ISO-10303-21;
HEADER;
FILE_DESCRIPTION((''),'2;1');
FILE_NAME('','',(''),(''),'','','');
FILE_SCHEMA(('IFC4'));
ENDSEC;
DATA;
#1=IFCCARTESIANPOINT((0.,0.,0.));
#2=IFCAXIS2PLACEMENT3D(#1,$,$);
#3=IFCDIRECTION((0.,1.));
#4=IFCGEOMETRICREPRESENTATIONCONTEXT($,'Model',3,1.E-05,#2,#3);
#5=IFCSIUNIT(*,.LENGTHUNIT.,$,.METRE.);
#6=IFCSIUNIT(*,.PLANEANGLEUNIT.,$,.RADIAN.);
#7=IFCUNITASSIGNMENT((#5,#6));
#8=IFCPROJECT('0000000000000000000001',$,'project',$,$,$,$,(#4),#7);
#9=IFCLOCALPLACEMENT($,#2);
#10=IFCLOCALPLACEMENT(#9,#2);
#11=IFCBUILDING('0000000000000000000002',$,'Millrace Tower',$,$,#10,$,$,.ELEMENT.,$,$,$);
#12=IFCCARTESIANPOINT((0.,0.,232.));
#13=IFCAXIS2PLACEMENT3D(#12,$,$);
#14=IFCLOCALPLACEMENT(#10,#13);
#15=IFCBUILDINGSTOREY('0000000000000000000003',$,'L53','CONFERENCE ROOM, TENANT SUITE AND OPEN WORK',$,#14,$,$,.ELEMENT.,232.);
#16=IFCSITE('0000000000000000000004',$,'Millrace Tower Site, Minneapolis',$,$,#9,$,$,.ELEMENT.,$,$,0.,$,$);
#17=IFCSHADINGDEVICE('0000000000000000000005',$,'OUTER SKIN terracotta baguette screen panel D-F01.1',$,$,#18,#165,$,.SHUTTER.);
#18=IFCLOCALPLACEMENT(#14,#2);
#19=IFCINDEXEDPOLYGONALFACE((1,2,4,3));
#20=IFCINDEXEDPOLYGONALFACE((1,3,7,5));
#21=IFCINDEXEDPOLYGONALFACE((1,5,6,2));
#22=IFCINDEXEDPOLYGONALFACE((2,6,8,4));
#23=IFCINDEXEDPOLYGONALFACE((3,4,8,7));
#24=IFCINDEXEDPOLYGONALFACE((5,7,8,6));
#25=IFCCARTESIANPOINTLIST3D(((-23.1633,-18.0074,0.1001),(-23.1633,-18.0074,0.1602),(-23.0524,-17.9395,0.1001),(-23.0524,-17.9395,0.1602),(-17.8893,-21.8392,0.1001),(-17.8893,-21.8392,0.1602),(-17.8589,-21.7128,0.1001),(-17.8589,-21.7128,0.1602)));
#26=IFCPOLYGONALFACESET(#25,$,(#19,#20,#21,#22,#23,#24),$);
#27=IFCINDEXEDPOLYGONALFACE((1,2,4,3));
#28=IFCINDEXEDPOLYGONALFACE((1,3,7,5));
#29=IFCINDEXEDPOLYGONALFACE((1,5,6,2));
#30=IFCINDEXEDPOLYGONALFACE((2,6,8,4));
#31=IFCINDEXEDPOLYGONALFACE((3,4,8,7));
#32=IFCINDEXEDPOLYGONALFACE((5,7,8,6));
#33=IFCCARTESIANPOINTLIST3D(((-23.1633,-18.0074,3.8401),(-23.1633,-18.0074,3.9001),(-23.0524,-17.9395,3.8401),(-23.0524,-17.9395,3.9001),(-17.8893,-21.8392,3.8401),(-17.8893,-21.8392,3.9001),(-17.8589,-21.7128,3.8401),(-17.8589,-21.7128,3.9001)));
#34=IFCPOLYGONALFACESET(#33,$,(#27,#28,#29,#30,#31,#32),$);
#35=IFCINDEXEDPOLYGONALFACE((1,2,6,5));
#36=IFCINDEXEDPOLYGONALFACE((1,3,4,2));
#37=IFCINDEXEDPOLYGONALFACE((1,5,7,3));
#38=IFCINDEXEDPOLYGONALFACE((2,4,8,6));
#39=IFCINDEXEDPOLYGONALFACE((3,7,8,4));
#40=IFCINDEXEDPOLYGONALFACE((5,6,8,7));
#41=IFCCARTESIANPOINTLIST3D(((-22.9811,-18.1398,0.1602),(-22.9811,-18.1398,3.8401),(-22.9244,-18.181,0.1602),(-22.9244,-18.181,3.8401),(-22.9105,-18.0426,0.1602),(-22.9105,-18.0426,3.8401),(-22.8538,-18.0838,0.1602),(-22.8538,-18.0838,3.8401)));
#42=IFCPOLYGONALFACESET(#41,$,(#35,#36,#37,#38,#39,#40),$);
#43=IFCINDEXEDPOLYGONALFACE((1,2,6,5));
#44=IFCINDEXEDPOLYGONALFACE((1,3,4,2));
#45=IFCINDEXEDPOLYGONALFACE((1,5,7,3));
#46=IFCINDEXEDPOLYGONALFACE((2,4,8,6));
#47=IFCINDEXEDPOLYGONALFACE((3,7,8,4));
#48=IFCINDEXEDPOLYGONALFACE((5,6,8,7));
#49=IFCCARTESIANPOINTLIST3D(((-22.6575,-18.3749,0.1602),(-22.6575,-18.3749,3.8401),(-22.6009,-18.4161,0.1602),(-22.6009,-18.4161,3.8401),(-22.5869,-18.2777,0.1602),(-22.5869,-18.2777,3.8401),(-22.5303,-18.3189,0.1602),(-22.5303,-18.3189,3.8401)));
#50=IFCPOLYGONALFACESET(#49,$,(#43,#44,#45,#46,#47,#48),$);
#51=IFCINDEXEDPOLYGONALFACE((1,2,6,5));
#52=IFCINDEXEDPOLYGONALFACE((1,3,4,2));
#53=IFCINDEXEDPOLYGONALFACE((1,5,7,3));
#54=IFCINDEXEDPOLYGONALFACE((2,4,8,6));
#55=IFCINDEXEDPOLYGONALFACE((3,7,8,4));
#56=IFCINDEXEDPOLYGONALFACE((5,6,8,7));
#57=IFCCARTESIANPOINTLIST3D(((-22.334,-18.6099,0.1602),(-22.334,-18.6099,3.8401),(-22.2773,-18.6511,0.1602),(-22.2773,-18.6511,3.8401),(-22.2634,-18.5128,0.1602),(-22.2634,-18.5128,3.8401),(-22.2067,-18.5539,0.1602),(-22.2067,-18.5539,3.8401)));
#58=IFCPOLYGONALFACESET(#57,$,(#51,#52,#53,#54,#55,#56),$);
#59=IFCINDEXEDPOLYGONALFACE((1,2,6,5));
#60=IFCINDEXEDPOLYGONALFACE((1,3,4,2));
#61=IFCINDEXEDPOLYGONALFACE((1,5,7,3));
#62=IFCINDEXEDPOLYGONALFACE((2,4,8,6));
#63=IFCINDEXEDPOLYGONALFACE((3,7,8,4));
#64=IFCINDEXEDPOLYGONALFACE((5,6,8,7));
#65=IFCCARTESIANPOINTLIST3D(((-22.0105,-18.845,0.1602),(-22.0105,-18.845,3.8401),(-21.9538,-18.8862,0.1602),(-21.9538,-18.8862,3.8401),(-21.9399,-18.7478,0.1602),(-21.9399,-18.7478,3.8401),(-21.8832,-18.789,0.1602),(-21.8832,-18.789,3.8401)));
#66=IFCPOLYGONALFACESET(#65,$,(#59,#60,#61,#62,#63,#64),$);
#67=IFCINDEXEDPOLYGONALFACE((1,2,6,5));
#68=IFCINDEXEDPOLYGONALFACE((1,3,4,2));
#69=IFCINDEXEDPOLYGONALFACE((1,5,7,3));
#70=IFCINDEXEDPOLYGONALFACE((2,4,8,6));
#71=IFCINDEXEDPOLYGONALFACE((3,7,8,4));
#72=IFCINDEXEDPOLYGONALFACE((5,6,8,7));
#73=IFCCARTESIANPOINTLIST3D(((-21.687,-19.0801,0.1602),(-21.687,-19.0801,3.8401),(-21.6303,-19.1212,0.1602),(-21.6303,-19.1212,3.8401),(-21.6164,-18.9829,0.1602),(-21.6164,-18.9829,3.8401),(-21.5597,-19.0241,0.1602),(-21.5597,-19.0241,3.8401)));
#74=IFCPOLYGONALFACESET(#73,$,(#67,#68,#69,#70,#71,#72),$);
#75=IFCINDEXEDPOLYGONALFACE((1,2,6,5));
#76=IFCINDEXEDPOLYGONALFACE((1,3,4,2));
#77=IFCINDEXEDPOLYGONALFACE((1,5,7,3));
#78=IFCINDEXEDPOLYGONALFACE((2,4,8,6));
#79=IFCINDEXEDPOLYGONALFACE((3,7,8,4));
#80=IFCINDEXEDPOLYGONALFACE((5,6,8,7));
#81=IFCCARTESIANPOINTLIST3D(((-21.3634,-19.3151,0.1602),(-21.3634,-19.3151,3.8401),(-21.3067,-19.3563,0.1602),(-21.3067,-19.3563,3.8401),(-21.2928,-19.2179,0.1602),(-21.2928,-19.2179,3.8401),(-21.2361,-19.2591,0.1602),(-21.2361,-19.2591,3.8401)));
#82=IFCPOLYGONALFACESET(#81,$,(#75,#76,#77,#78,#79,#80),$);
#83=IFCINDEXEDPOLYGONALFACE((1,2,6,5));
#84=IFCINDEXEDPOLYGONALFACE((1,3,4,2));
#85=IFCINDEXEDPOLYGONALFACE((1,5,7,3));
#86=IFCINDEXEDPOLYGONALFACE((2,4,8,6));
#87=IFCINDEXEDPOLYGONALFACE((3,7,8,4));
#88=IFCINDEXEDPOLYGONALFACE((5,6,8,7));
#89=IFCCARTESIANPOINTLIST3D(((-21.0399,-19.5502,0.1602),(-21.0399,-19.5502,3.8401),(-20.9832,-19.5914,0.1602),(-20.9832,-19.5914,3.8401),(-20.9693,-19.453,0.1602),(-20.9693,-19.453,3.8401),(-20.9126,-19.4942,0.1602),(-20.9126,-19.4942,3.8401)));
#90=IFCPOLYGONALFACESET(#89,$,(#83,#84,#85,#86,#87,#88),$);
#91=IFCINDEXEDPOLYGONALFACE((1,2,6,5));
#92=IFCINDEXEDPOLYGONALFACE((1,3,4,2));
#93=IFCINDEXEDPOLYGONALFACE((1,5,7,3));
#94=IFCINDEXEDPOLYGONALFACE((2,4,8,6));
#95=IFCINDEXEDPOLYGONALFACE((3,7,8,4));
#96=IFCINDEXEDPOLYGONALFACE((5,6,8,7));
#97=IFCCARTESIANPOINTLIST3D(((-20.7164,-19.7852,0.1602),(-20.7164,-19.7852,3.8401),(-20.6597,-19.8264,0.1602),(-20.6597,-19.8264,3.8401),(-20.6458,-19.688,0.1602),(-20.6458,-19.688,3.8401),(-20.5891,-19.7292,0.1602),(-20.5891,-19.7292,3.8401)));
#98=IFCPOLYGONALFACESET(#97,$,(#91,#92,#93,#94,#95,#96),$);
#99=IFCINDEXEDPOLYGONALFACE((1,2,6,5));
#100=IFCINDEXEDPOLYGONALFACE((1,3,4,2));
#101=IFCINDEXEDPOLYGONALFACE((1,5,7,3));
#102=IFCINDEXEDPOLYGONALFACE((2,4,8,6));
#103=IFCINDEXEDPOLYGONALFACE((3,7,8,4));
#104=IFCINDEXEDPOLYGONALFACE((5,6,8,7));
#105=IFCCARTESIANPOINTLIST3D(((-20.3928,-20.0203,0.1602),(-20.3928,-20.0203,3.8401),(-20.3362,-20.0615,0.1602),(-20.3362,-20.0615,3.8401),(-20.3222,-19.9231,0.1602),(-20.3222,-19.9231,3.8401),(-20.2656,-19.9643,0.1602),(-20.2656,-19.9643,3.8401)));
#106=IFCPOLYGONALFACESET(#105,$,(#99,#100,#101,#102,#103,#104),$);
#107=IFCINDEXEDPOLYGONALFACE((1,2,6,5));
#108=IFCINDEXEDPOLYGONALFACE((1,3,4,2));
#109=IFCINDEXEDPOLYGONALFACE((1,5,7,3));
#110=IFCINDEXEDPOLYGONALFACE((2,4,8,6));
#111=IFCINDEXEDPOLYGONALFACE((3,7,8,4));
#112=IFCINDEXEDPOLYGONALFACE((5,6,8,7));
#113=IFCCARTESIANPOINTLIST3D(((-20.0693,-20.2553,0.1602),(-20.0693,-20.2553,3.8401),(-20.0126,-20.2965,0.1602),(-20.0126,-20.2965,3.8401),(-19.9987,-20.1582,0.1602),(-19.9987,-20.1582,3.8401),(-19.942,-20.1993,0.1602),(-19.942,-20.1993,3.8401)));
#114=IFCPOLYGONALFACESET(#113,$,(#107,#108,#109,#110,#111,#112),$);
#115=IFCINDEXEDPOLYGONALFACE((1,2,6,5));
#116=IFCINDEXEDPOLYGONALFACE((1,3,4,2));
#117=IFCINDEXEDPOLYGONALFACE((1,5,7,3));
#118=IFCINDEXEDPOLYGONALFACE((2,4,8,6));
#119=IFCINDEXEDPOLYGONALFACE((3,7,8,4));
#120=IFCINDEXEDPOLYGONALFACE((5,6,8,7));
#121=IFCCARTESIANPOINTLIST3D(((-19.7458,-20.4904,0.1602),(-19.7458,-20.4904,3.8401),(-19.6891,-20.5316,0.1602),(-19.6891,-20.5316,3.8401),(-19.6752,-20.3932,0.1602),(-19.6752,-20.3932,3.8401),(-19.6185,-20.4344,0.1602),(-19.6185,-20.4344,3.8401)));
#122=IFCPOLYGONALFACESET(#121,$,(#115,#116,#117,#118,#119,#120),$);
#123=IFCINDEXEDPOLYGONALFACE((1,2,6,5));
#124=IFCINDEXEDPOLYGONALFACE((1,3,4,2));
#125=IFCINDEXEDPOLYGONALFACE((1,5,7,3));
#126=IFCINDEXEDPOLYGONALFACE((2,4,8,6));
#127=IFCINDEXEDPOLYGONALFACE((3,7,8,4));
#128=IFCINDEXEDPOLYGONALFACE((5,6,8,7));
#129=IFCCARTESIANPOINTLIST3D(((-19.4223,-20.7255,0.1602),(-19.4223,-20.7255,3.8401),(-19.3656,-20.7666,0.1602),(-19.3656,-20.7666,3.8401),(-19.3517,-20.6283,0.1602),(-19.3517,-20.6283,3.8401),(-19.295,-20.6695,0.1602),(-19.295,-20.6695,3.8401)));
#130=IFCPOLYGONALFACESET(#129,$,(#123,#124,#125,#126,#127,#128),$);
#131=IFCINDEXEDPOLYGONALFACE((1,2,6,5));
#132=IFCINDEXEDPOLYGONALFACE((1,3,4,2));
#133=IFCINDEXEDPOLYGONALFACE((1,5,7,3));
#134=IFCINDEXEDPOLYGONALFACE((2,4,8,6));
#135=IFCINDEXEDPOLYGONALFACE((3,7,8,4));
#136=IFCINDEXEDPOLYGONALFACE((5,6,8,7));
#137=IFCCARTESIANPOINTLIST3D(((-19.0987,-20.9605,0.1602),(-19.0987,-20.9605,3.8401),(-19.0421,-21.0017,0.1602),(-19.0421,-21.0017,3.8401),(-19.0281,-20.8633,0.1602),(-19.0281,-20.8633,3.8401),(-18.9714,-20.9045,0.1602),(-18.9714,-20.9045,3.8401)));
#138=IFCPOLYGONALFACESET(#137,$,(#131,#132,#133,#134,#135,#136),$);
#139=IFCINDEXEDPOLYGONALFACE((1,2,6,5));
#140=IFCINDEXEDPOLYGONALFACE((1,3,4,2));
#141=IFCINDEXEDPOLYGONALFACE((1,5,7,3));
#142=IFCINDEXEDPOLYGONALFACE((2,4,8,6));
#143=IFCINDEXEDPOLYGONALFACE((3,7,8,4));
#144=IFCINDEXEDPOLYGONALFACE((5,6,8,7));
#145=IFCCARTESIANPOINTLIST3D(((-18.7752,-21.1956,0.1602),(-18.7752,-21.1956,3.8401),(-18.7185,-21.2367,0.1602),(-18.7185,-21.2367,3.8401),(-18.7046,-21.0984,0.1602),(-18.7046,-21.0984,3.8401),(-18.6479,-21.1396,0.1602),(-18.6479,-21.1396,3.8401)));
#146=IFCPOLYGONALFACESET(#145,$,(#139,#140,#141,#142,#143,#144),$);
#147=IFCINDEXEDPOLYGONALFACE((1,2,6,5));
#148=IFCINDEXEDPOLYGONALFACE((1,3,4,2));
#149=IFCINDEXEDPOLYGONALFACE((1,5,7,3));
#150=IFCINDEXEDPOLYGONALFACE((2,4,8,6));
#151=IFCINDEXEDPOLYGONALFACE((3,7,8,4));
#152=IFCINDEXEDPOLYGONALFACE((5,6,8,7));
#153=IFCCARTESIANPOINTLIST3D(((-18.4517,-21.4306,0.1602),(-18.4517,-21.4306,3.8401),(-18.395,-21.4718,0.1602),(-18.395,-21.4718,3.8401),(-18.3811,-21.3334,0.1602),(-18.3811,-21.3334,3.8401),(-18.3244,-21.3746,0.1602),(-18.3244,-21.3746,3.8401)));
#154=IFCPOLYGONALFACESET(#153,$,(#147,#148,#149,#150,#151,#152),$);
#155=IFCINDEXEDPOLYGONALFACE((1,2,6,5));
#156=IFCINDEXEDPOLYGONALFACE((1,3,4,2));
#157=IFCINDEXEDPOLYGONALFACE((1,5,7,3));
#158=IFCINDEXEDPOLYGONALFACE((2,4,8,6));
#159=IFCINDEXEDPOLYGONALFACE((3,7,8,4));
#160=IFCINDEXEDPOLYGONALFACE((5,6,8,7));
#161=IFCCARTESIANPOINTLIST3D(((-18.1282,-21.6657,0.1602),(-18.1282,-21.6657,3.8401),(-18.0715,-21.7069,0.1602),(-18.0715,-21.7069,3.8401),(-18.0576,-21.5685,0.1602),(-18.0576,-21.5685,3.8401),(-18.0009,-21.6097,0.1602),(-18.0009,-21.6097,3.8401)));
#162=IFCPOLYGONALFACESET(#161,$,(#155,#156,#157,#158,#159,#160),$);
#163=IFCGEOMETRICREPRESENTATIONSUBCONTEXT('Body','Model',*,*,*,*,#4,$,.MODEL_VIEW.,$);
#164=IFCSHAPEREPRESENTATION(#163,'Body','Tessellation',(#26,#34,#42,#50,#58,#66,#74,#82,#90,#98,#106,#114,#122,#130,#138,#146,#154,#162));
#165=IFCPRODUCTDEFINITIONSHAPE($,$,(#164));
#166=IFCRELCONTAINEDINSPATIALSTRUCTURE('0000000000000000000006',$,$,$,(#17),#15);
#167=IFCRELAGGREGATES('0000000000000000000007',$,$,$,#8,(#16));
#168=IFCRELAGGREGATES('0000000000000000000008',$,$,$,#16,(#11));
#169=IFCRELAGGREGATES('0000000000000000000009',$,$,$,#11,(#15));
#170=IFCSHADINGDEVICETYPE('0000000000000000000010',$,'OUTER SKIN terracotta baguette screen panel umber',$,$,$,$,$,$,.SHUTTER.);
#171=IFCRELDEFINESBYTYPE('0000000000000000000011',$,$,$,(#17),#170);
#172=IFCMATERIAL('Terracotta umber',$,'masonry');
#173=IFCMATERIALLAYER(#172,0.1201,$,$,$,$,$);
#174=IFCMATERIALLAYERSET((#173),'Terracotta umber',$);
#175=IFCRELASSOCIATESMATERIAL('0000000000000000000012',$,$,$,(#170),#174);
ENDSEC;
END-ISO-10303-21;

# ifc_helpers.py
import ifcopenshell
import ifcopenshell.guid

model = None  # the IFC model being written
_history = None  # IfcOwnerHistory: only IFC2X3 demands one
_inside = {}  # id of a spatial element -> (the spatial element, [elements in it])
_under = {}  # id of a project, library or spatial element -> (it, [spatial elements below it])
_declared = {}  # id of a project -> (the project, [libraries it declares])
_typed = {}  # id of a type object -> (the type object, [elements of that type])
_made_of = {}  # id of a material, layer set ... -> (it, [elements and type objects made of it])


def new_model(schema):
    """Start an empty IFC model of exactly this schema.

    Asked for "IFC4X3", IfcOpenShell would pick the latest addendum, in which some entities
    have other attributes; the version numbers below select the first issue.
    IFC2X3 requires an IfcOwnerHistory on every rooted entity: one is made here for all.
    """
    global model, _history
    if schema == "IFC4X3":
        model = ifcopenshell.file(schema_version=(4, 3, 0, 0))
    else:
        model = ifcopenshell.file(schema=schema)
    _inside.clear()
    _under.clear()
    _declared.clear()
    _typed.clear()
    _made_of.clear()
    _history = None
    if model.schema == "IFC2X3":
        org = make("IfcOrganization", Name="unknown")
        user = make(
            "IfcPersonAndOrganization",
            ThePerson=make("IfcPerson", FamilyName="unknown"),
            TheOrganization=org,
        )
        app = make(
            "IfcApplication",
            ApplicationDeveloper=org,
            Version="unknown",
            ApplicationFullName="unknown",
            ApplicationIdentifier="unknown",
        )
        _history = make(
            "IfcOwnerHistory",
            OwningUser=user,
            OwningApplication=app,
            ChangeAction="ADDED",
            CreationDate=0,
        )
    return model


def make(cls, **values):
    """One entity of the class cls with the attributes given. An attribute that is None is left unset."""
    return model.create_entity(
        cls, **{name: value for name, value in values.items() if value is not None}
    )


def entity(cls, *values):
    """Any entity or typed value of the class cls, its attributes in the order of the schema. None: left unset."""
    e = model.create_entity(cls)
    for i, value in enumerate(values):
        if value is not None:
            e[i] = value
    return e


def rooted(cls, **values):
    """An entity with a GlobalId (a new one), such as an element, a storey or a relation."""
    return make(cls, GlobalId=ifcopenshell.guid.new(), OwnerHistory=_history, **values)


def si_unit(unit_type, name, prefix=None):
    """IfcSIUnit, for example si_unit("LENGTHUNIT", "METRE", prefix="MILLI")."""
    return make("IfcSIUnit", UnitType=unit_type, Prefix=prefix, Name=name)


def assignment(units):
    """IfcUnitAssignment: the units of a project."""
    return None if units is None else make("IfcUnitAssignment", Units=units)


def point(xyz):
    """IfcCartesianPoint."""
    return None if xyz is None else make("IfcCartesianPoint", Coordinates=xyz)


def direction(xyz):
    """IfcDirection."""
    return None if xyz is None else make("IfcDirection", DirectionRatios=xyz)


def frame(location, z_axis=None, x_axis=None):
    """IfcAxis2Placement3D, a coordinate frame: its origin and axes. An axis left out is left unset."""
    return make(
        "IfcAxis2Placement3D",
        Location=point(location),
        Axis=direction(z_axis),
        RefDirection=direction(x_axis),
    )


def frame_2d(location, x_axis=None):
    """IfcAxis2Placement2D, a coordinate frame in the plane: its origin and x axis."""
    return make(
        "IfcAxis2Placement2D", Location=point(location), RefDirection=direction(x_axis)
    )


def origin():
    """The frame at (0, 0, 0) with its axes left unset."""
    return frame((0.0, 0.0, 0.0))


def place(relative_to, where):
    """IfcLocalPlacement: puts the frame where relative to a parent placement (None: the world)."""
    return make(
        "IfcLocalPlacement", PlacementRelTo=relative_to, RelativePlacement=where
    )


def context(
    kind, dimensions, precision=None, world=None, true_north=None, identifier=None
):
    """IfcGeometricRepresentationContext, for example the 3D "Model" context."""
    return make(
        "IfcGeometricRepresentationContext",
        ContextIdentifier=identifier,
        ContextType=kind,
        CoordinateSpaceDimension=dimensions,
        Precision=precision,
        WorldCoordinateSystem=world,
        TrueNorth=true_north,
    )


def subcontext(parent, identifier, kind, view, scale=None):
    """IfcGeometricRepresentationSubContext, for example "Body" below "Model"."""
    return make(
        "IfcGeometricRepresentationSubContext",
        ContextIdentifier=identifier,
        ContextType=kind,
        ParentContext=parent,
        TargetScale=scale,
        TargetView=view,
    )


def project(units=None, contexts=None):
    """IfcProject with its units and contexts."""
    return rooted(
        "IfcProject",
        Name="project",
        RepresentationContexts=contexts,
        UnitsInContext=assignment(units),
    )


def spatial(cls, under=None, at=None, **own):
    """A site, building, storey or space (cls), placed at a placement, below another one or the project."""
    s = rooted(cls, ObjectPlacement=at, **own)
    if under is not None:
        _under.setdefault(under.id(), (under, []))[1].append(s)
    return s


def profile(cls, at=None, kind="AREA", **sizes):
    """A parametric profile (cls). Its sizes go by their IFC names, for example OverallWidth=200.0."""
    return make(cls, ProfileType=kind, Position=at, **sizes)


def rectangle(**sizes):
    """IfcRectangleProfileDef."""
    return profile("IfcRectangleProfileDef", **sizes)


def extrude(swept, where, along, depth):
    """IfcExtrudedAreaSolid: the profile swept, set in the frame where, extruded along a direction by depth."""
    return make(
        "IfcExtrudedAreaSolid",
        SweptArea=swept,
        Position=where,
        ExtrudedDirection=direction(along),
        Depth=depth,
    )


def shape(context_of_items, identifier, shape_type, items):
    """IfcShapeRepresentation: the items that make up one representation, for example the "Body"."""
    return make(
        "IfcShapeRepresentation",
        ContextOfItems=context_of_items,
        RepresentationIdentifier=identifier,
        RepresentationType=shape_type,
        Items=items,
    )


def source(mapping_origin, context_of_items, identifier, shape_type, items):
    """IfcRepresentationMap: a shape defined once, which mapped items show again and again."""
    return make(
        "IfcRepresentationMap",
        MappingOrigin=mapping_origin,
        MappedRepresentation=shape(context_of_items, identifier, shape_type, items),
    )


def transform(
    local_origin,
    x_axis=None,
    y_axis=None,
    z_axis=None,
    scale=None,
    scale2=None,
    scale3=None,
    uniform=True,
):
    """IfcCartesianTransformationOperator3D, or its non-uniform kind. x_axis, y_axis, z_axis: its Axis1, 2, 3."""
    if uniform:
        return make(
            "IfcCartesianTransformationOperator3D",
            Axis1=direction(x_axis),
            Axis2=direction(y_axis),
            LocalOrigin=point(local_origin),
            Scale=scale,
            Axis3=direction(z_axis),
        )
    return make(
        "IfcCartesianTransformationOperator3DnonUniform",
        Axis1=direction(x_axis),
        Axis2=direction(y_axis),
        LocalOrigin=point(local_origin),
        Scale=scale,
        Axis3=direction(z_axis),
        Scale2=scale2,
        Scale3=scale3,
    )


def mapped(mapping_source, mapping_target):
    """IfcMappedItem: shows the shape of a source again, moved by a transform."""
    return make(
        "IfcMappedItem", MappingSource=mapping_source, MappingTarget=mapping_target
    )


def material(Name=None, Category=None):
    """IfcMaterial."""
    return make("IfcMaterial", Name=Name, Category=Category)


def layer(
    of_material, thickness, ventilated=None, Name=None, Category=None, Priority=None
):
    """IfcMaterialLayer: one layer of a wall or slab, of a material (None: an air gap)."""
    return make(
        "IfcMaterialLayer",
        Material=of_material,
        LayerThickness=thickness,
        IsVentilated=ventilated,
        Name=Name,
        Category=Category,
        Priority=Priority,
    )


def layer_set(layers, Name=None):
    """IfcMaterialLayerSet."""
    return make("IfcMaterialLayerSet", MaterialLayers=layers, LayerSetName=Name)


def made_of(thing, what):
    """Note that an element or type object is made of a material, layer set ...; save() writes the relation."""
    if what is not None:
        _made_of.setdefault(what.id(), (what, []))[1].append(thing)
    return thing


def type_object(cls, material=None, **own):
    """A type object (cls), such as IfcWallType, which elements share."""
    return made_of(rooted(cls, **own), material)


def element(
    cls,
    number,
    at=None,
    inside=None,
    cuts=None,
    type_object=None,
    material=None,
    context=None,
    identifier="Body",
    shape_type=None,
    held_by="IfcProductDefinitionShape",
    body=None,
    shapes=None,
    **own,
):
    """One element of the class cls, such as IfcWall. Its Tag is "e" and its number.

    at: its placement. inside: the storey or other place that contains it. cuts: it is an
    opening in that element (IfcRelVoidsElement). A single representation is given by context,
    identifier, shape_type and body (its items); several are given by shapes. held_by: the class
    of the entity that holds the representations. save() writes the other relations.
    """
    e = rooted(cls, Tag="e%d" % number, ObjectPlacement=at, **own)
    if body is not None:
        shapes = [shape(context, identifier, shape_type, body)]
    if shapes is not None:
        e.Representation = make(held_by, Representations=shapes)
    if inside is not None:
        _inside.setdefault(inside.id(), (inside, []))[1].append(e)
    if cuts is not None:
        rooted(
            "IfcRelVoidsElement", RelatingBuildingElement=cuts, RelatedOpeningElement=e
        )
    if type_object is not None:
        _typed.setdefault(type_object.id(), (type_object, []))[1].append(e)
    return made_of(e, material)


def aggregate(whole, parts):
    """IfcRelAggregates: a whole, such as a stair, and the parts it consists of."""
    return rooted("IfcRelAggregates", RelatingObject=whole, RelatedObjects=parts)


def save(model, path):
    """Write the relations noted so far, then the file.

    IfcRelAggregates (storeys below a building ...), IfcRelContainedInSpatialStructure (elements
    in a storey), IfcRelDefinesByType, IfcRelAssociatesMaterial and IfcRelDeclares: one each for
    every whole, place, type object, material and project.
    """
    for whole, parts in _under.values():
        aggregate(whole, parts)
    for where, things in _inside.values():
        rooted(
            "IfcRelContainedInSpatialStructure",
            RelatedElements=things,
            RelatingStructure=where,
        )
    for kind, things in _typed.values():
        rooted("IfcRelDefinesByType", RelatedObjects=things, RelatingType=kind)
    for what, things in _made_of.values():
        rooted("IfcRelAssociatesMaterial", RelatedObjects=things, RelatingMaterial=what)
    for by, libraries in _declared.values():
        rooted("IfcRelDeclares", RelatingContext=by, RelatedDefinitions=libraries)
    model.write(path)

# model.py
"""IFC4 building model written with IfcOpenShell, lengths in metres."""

from ifc_helpers import new_model, entity, si_unit, direction, frame, frame_2d, origin, place, context, subcontext, project, spatial, rectangle, extrude, source, transform, mapped, material, layer, layer_set, type_object, element, save


model = new_model("IFC4")

# Units and contexts
model_context = context("Model", 3, precision=1e-05, world=origin(), true_north=direction((0.0, 1.0)))
body_context = subcontext(model_context, "Body", "Model", "MODEL_VIEW")
ifc_project = project(units=[si_unit("LENGTHUNIT", "METRE"), si_unit("PLANEANGLEUNIT", "RADIAN")], contexts=[model_context])

# Site, building, storey
site_placement = place(None, origin())
site = spatial("IfcSite", under=ifc_project, at=site_placement, Name="Millrace Tower Site, Minneapolis", CompositionType="ELEMENT", RefElevation=0.0)
building_placement = place(site_placement, origin())
building = spatial("IfcBuilding", under=site, at=building_placement, Name="Millrace Tower", CompositionType="ELEMENT")
storey_placement = place(building_placement, frame((0.0, 0.0, 232.0)))
storey = spatial("IfcBuildingStorey", under=building, at=storey_placement, Name="L53", Description="CONFERENCE ROOM, TENANT SUITE AND OPEN WORK", CompositionType="ELEMENT", Elevation=232.0)

# Shading device
ifc_material_1 = material(Name="Terracotta umber", Category="masonry")
ifc_layer_1 = layer(ifc_material_1, 0.1201)
ifc_layer_set_1 = layer_set([ifc_layer_1], Name="Terracotta umber")
shading_device_type = type_object("IfcShadingDeviceType", Name="OUTER SKIN terracotta baguette screen panel umber", PredefinedType="SHUTTER", material=ifc_layer_set_1)
cartesian_point_1 = entity("IfcCartesianPoint", [-3.2097, 0.0601])
shared_polyline_1 = entity("IfcPolyline", [cartesian_point_1, entity("IfcCartesianPoint", [3.2097, 0.0601]), entity("IfcCartesianPoint", [3.2595, -0.0601]), entity("IfcCartesianPoint", [-3.2595, -0.0601]), cartesian_point_1])
shared_shape_1 = source(origin(), body_context, "Body", "SweptSolid", [
    entity("IfcExtrudedAreaSolid", entity("IfcArbitraryClosedProfileDef", "AREA", None, shared_polyline_1), entity("IfcAxis2Placement3D", entity("IfcCartesianPoint", [0.0, 0.0, 0.0])), entity("IfcDirection", [0.0, 0.0, 1.0]), 0.0601),
    entity("IfcExtrudedAreaSolid", entity("IfcArbitraryClosedProfileDef", "AREA", None, shared_polyline_1), entity("IfcAxis2Placement3D", entity("IfcCartesianPoint", [0.0, 0.0, 3.74])), entity("IfcDirection", [0.0, 0.0, 1.0]), 0.0601),
    extrude(rectangle(XDim=0.0701, YDim=0.1201, at=frame_2d((-2.9993, 0.0))), frame((0.0, 0.0, 0.0601)), (0.0, 0.0, 1.0), 3.6799),
    extrude(rectangle(XDim=0.0701, YDim=0.1201, at=frame_2d((-2.5994, 0.0))), frame((0.0, 0.0, 0.0601)), (0.0, 0.0, 1.0), 3.6799),
    extrude(rectangle(XDim=0.0701, YDim=0.1201, at=frame_2d((-2.1995, 0.0))), frame((0.0, 0.0, 0.0601)), (0.0, 0.0, 1.0), 3.6799),
    extrude(rectangle(XDim=0.0701, YDim=0.1201, at=frame_2d((-1.7996, 0.0))), frame((0.0, 0.0, 0.0601)), (0.0, 0.0, 1.0), 3.6799),
    extrude(rectangle(XDim=0.0701, YDim=0.1201, at=frame_2d((-1.3997, 0.0))), frame((0.0, 0.0, 0.0601)), (0.0, 0.0, 1.0), 3.6799),
    extrude(rectangle(XDim=0.0701, YDim=0.1201, at=frame_2d((-0.9998, 0.0))), frame((0.0, 0.0, 0.0601)), (0.0, 0.0, 1.0), 3.6799),
    extrude(rectangle(XDim=0.0701, YDim=0.1201, at=frame_2d((-0.5999, 0.0))), frame((0.0, 0.0, 0.0601)), (0.0, 0.0, 1.0), 3.6799),
    extrude(rectangle(XDim=0.0701, YDim=0.1201, at=frame_2d((-0.2, 0.0))), frame((0.0, 0.0, 0.0601)), (0.0, 0.0, 1.0), 3.6799),
    extrude(rectangle(XDim=0.0701, YDim=0.1201, at=frame_2d((0.2, 0.0))), frame((0.0, 0.0, 0.0601)), (0.0, 0.0, 1.0), 3.6799),
    extrude(rectangle(XDim=0.0701, YDim=0.1201, at=frame_2d((0.5999, 0.0))), frame((0.0, 0.0, 0.0601)), (0.0, 0.0, 1.0), 3.6799),
    extrude(rectangle(XDim=0.0701, YDim=0.1201, at=frame_2d((0.9998, 0.0))), frame((0.0, 0.0, 0.0601)), (0.0, 0.0, 1.0), 3.6799),
    extrude(rectangle(XDim=0.0701, YDim=0.1201, at=frame_2d((1.3997, 0.0))), frame((0.0, 0.0, 0.0601)), (0.0, 0.0, 1.0), 3.6799),
    extrude(rectangle(XDim=0.0701, YDim=0.1201, at=frame_2d((1.7996, 0.0))), frame((0.0, 0.0, 0.0601)), (0.0, 0.0, 1.0), 3.6799),
    extrude(rectangle(XDim=0.0701, YDim=0.1201, at=frame_2d((2.1995, 0.0))), frame((0.0, 0.0, 0.0601)), (0.0, 0.0, 1.0), 3.6799),
    extrude(rectangle(XDim=0.0701, YDim=0.1201, at=frame_2d((2.5994, 0.0))), frame((0.0, 0.0, 0.0601)), (0.0, 0.0, 1.0), 3.6799),
    extrude(rectangle(XDim=0.0701, YDim=0.1201, at=frame_2d((2.9993, 0.0))), frame((0.0, 0.0, 0.0601)), (0.0, 0.0, 1.0), 3.6799),
])
shading_device_1_placement = place(storey_placement, frame((-20.491, -19.8748, 0.1001), z_axis=(0.0, 0.0, 1.0), x_axis=(0.809017, -0.587785, 0.0)))
element("IfcShadingDevice", 1, at=shading_device_1_placement, inside=storey, type_object=shading_device_type, Name="OUTER SKIN terracotta baguette screen panel D-F01.1", PredefinedType="SHUTTER", context=body_context, shape_type="MappedRepresentation", body=[
    mapped(shared_shape_1, transform((0.0, 0.0, 0.0), scale=1.0)),
])

save(model, "model.ifc")
